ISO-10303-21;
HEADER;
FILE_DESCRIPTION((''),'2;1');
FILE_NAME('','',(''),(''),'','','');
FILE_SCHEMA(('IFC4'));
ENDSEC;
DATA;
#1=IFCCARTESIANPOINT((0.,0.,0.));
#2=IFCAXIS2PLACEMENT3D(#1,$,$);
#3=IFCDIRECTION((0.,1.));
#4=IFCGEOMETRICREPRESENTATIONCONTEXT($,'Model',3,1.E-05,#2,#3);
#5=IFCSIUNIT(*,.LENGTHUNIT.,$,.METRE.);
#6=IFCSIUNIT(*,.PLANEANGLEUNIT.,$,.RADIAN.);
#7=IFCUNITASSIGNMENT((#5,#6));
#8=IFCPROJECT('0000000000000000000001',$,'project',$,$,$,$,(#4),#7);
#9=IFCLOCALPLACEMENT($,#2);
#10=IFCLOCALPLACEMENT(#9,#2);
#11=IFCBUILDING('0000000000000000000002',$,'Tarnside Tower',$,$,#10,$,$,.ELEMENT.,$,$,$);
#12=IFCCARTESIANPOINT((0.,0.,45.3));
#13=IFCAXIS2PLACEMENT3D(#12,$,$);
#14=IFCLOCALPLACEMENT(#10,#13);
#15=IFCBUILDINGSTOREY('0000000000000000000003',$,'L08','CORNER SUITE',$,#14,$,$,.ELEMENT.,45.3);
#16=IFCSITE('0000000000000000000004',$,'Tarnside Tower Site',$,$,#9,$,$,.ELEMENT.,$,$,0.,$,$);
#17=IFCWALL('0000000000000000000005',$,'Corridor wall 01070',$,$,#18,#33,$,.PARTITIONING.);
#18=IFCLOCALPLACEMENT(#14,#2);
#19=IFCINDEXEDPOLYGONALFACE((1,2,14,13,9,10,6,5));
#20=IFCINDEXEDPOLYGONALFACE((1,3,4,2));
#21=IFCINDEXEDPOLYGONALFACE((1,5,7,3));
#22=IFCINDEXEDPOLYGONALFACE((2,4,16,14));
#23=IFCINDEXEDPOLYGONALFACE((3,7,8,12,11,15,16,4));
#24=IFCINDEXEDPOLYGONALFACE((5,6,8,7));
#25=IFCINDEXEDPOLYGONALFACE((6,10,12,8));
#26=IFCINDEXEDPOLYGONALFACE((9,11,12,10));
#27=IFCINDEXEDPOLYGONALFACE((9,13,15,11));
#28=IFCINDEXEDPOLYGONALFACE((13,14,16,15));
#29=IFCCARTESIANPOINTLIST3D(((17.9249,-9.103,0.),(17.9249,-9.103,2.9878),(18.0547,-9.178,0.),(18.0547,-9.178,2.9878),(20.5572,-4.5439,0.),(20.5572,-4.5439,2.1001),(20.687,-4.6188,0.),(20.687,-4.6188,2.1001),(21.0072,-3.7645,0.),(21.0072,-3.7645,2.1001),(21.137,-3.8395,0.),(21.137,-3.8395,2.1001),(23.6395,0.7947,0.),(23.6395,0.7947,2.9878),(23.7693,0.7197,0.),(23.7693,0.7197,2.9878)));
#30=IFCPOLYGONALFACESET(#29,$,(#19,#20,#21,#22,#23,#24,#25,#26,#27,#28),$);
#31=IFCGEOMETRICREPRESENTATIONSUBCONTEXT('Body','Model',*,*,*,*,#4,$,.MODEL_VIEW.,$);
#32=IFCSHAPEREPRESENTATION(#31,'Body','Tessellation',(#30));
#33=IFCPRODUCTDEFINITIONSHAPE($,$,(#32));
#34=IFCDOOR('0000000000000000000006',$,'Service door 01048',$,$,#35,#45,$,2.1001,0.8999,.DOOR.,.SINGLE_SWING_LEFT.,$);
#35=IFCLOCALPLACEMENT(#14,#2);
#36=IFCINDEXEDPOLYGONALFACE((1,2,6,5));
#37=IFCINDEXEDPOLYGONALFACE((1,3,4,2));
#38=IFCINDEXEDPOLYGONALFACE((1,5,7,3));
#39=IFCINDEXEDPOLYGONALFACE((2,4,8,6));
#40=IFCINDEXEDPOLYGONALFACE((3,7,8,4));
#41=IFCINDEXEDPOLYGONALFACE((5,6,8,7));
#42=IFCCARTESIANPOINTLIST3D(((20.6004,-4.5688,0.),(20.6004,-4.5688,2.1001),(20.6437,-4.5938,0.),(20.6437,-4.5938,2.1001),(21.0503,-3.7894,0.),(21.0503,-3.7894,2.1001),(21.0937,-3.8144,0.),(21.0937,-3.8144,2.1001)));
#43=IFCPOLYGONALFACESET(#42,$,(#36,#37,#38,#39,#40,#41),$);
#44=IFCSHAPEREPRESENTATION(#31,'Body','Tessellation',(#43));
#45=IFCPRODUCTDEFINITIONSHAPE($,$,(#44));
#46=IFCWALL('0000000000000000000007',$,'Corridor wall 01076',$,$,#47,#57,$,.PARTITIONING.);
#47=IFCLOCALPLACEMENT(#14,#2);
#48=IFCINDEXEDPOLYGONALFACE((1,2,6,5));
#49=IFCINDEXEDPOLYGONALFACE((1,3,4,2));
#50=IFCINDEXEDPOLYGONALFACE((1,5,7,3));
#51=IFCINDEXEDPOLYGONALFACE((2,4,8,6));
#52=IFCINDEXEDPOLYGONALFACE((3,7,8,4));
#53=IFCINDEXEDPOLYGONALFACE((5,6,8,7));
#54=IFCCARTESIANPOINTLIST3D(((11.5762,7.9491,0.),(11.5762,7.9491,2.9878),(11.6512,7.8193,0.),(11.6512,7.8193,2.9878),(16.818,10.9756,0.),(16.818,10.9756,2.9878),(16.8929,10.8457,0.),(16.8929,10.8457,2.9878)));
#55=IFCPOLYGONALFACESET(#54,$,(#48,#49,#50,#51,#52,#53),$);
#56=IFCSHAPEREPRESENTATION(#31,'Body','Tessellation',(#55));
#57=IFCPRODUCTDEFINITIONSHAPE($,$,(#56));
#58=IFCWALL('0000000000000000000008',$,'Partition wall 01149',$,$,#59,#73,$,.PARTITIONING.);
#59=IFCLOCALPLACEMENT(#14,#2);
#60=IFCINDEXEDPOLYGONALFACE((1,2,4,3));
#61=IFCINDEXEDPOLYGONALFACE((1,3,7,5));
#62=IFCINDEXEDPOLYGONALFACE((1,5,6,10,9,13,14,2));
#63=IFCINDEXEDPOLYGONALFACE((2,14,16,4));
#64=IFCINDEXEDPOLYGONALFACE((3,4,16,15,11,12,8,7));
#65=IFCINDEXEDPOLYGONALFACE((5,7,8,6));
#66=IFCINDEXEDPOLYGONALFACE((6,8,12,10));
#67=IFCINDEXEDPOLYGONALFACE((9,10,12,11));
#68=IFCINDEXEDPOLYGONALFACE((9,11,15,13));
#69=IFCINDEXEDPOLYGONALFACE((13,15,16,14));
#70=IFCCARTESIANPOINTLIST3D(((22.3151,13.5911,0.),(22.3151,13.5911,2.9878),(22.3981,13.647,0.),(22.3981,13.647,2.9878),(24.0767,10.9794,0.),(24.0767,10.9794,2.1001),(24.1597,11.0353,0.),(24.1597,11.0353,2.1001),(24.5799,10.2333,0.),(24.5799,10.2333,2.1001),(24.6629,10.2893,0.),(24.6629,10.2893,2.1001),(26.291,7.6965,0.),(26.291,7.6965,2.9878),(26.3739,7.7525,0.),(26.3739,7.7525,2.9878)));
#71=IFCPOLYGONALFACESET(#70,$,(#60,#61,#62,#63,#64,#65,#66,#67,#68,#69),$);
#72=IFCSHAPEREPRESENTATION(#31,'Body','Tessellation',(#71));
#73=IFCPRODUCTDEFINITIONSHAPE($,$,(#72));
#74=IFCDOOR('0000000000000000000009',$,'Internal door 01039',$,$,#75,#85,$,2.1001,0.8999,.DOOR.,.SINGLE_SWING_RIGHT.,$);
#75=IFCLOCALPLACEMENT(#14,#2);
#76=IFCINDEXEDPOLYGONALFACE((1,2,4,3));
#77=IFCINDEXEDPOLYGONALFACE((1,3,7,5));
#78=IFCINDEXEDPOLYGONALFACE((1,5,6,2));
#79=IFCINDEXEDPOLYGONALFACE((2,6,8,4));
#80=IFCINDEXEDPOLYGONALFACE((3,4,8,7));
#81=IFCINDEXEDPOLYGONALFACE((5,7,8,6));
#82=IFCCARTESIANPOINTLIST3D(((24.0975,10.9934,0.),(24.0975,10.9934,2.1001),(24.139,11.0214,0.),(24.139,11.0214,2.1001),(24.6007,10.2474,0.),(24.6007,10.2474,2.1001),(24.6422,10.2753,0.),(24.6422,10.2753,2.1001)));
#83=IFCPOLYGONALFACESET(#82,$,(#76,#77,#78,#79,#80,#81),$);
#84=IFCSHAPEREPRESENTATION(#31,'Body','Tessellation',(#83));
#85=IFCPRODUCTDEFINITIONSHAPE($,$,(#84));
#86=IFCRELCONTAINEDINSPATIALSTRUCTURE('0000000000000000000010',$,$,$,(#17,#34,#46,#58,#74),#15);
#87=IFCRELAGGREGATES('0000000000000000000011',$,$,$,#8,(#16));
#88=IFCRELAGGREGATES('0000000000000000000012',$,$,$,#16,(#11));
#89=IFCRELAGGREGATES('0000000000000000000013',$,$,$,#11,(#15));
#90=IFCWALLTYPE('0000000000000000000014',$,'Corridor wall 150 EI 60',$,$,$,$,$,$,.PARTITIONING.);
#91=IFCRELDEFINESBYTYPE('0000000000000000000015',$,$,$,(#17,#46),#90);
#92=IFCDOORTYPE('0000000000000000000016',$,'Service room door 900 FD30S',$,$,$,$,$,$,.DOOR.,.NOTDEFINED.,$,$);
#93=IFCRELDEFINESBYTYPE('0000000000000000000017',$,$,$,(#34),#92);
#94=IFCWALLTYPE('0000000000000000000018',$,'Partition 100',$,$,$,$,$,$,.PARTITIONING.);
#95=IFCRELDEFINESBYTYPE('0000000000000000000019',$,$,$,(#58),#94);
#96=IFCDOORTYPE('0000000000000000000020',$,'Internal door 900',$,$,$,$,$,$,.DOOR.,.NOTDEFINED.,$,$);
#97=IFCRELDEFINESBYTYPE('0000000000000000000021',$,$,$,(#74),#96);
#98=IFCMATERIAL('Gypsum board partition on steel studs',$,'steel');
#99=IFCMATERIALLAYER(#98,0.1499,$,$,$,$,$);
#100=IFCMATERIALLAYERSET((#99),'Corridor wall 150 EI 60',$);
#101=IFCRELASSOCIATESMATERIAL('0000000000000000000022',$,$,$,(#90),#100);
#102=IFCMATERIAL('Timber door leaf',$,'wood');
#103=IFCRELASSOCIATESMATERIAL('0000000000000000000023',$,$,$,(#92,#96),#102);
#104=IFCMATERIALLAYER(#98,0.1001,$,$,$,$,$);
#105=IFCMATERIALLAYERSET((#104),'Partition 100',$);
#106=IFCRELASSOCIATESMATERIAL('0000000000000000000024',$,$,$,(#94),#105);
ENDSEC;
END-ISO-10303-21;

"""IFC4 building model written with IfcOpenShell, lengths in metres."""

from ifc_helpers import new_model, si_unit, direction, frame, frame_2d, origin, place, context, subcontext, project, spatial, rectangle, extrude, material, layer, layer_set, type_object, element, fill, save


model = new_model("IFC4")

# Units and contexts
model_context = context("Model", 3, precision=1e-05, world=origin(), true_north=direction((0.0, 1.0)))
body_context = subcontext(model_context, "Body", "Model", "MODEL_VIEW")
ifc_project = project(units=[si_unit("LENGTHUNIT", "METRE"), si_unit("PLANEANGLEUNIT", "RADIAN")], contexts=[model_context])

# Site, building, storey
site_placement = place(None, origin())
site = spatial("IfcSite", under=ifc_project, at=site_placement, Name="Tarnside Tower Site", CompositionType="ELEMENT", RefElevation=0.0)
building_placement = place(site_placement, origin())
building = spatial("IfcBuilding", under=site, at=building_placement, Name="Tarnside Tower", CompositionType="ELEMENT")
storey_placement = place(building_placement, frame((0.0, 0.0, 45.3)))
storey = spatial("IfcBuildingStorey", under=building, at=storey_placement, Name="L08", Description="CORNER SUITE", CompositionType="ELEMENT", Elevation=45.3)

# Shared definitions
ifc_material_1 = material(Name="Gypsum board partition on steel studs", Category="steel")

# Shared definitions
ifc_material_2 = material(Name="Timber door leaf", Category="wood")

# Shared definitions
ifc_layer_1 = layer(ifc_material_1, 0.1499)
ifc_layer_set_1 = layer_set([ifc_layer_1], Name="Corridor wall 150 EI 60")
wall_type_1 = type_object("IfcWallType", Name="Corridor wall 150 EI 60", PredefinedType="PARTITIONING", material=ifc_layer_set_1)

# Wall, opening, door
wall_1_placement = place(storey_placement, frame((23.7043, 0.7571, 0.0), z_axis=(0.0, 0.0, 1.0), x_axis=(-0.50001, -0.866019, 0.0)))
wall_1 = element("IfcWall", 1, at=wall_1_placement, inside=storey, type_object=wall_type_1, Name="Corridor wall 01070", PredefinedType="PARTITIONING", context=body_context, shape_type="SweptSolid", body=[
    extrude(rectangle(XDim=11.429, YDim=0.1499, at=frame_2d((5.7144, 0.0))), origin(), (0.0, 0.0, 1.0), 2.9878),
])
opening_1_placement = place(wall_1_placement, frame((5.2644, 0.0, 0.0)))
opening_1 = element("IfcOpeningElement", 2, at=opening_1_placement, cuts=wall_1, PredefinedType="OPENING", context=body_context, shape_type="SweptSolid", body=[
    extrude(rectangle(XDim=0.8999, YDim=2.1001, at=frame_2d((0.45, 1.05))), frame((0.0, 0.085, 0.0), z_axis=(0.0, -1.0, 0.0), x_axis=(1.0, 0.0, 0.0)), (0.0, 0.0, 1.0), 0.1699),
])
door_type_1 = type_object("IfcDoorType", Name="Service room door 900 FD30S", OperationType="NOTDEFINED", PredefinedType="DOOR", material=ifc_material_2)
door_1_placement = place(opening_1_placement, origin())
door_1 = element("IfcDoor", 3, at=door_1_placement, inside=storey, type_object=door_type_1, Name="Service door 01048", OperationType="SINGLE_SWING_LEFT", OverallHeight=2.1001, OverallWidth=0.8999, PredefinedType="DOOR", context=body_context, shape_type="SweptSolid", body=[
    extrude(rectangle(XDim=0.8999, YDim=2.1001, at=frame_2d((0.45, 1.05))), frame((0.0, 0.0249, 0.0), z_axis=(0.0, -1.0, 0.0), x_axis=(1.0, 0.0, 0.0)), (0.0, 0.0, 1.0), 0.05),
])
fill(opening_1, door_1)

# Wall
wall_2_placement = place(storey_placement, frame((16.8555, 10.9106, 0.0), z_axis=(0.0, 0.0, 1.0), x_axis=(-0.86602, -0.500009, 0.0)))
element("IfcWall", 4, at=wall_2_placement, inside=storey, type_object=wall_type_1, Name="Corridor wall 01076", PredefinedType="PARTITIONING", context=body_context, shape_type="SweptSolid", body=[
    extrude(rectangle(XDim=6.0527, YDim=0.1499, at=frame_2d((3.0264, 0.0))), origin(), (0.0, 0.0, 1.0), 2.9878),
])

# Wall, opening, door
ifc_layer_2 = layer(ifc_material_1, 0.1001)
ifc_layer_set_2 = layer_set([ifc_layer_2], Name="Partition 100")
wall_type_2 = type_object("IfcWallType", Name="Partition 100", PredefinedType="PARTITIONING", material=ifc_layer_set_2)
wall_3_placement = place(storey_placement, frame((26.3325, 7.7244, 0.0), z_axis=(0.0, 0.0, 1.0), x_axis=(-0.559185, 0.829043, 0.0)))
wall_3 = element("IfcWall", 5, at=wall_3_placement, inside=storey, type_object=wall_type_2, Name="Partition wall 01149", PredefinedType="PARTITIONING", context=body_context, shape_type="SweptSolid", body=[
    extrude(rectangle(XDim=7.1101, YDim=0.1001, at=frame_2d((3.5552, 0.0))), origin(), (0.0, 0.0, 1.0), 2.9878),
])
opening_2_placement = place(wall_3_placement, frame((3.0601, 0.0, 0.0)))
opening_2 = element("IfcOpeningElement", 6, at=opening_2_placement, cuts=wall_3, PredefinedType="OPENING", context=body_context, shape_type="SweptSolid", body=[
    extrude(rectangle(XDim=0.8999, YDim=2.1001, at=frame_2d((0.45, 1.05))), frame((0.0, 0.0601, 0.0), z_axis=(0.0, -1.0, 0.0), x_axis=(1.0, 0.0, 0.0)), (0.0, 0.0, 1.0), 0.1201),
])
door_type_2 = type_object("IfcDoorType", Name="Internal door 900", OperationType="NOTDEFINED", PredefinedType="DOOR", material=ifc_material_2)
door_2_placement = place(opening_2_placement, origin())
door_2 = element("IfcDoor", 7, at=door_2_placement, inside=storey, type_object=door_type_2, Name="Internal door 01039", OperationType="SINGLE_SWING_RIGHT", OverallHeight=2.1001, OverallWidth=0.8999, PredefinedType="DOOR", context=body_context, shape_type="SweptSolid", body=[
    extrude(rectangle(XDim=0.8999, YDim=2.1001, at=frame_2d((0.45, 1.05))), frame((0.0, 0.0249, 0.0), z_axis=(0.0, -1.0, 0.0), x_axis=(1.0, 0.0, 0.0)), (0.0, 0.0, 1.0), 0.05),
])
fill(opening_2, door_2)

save(model, "model.ifc")
